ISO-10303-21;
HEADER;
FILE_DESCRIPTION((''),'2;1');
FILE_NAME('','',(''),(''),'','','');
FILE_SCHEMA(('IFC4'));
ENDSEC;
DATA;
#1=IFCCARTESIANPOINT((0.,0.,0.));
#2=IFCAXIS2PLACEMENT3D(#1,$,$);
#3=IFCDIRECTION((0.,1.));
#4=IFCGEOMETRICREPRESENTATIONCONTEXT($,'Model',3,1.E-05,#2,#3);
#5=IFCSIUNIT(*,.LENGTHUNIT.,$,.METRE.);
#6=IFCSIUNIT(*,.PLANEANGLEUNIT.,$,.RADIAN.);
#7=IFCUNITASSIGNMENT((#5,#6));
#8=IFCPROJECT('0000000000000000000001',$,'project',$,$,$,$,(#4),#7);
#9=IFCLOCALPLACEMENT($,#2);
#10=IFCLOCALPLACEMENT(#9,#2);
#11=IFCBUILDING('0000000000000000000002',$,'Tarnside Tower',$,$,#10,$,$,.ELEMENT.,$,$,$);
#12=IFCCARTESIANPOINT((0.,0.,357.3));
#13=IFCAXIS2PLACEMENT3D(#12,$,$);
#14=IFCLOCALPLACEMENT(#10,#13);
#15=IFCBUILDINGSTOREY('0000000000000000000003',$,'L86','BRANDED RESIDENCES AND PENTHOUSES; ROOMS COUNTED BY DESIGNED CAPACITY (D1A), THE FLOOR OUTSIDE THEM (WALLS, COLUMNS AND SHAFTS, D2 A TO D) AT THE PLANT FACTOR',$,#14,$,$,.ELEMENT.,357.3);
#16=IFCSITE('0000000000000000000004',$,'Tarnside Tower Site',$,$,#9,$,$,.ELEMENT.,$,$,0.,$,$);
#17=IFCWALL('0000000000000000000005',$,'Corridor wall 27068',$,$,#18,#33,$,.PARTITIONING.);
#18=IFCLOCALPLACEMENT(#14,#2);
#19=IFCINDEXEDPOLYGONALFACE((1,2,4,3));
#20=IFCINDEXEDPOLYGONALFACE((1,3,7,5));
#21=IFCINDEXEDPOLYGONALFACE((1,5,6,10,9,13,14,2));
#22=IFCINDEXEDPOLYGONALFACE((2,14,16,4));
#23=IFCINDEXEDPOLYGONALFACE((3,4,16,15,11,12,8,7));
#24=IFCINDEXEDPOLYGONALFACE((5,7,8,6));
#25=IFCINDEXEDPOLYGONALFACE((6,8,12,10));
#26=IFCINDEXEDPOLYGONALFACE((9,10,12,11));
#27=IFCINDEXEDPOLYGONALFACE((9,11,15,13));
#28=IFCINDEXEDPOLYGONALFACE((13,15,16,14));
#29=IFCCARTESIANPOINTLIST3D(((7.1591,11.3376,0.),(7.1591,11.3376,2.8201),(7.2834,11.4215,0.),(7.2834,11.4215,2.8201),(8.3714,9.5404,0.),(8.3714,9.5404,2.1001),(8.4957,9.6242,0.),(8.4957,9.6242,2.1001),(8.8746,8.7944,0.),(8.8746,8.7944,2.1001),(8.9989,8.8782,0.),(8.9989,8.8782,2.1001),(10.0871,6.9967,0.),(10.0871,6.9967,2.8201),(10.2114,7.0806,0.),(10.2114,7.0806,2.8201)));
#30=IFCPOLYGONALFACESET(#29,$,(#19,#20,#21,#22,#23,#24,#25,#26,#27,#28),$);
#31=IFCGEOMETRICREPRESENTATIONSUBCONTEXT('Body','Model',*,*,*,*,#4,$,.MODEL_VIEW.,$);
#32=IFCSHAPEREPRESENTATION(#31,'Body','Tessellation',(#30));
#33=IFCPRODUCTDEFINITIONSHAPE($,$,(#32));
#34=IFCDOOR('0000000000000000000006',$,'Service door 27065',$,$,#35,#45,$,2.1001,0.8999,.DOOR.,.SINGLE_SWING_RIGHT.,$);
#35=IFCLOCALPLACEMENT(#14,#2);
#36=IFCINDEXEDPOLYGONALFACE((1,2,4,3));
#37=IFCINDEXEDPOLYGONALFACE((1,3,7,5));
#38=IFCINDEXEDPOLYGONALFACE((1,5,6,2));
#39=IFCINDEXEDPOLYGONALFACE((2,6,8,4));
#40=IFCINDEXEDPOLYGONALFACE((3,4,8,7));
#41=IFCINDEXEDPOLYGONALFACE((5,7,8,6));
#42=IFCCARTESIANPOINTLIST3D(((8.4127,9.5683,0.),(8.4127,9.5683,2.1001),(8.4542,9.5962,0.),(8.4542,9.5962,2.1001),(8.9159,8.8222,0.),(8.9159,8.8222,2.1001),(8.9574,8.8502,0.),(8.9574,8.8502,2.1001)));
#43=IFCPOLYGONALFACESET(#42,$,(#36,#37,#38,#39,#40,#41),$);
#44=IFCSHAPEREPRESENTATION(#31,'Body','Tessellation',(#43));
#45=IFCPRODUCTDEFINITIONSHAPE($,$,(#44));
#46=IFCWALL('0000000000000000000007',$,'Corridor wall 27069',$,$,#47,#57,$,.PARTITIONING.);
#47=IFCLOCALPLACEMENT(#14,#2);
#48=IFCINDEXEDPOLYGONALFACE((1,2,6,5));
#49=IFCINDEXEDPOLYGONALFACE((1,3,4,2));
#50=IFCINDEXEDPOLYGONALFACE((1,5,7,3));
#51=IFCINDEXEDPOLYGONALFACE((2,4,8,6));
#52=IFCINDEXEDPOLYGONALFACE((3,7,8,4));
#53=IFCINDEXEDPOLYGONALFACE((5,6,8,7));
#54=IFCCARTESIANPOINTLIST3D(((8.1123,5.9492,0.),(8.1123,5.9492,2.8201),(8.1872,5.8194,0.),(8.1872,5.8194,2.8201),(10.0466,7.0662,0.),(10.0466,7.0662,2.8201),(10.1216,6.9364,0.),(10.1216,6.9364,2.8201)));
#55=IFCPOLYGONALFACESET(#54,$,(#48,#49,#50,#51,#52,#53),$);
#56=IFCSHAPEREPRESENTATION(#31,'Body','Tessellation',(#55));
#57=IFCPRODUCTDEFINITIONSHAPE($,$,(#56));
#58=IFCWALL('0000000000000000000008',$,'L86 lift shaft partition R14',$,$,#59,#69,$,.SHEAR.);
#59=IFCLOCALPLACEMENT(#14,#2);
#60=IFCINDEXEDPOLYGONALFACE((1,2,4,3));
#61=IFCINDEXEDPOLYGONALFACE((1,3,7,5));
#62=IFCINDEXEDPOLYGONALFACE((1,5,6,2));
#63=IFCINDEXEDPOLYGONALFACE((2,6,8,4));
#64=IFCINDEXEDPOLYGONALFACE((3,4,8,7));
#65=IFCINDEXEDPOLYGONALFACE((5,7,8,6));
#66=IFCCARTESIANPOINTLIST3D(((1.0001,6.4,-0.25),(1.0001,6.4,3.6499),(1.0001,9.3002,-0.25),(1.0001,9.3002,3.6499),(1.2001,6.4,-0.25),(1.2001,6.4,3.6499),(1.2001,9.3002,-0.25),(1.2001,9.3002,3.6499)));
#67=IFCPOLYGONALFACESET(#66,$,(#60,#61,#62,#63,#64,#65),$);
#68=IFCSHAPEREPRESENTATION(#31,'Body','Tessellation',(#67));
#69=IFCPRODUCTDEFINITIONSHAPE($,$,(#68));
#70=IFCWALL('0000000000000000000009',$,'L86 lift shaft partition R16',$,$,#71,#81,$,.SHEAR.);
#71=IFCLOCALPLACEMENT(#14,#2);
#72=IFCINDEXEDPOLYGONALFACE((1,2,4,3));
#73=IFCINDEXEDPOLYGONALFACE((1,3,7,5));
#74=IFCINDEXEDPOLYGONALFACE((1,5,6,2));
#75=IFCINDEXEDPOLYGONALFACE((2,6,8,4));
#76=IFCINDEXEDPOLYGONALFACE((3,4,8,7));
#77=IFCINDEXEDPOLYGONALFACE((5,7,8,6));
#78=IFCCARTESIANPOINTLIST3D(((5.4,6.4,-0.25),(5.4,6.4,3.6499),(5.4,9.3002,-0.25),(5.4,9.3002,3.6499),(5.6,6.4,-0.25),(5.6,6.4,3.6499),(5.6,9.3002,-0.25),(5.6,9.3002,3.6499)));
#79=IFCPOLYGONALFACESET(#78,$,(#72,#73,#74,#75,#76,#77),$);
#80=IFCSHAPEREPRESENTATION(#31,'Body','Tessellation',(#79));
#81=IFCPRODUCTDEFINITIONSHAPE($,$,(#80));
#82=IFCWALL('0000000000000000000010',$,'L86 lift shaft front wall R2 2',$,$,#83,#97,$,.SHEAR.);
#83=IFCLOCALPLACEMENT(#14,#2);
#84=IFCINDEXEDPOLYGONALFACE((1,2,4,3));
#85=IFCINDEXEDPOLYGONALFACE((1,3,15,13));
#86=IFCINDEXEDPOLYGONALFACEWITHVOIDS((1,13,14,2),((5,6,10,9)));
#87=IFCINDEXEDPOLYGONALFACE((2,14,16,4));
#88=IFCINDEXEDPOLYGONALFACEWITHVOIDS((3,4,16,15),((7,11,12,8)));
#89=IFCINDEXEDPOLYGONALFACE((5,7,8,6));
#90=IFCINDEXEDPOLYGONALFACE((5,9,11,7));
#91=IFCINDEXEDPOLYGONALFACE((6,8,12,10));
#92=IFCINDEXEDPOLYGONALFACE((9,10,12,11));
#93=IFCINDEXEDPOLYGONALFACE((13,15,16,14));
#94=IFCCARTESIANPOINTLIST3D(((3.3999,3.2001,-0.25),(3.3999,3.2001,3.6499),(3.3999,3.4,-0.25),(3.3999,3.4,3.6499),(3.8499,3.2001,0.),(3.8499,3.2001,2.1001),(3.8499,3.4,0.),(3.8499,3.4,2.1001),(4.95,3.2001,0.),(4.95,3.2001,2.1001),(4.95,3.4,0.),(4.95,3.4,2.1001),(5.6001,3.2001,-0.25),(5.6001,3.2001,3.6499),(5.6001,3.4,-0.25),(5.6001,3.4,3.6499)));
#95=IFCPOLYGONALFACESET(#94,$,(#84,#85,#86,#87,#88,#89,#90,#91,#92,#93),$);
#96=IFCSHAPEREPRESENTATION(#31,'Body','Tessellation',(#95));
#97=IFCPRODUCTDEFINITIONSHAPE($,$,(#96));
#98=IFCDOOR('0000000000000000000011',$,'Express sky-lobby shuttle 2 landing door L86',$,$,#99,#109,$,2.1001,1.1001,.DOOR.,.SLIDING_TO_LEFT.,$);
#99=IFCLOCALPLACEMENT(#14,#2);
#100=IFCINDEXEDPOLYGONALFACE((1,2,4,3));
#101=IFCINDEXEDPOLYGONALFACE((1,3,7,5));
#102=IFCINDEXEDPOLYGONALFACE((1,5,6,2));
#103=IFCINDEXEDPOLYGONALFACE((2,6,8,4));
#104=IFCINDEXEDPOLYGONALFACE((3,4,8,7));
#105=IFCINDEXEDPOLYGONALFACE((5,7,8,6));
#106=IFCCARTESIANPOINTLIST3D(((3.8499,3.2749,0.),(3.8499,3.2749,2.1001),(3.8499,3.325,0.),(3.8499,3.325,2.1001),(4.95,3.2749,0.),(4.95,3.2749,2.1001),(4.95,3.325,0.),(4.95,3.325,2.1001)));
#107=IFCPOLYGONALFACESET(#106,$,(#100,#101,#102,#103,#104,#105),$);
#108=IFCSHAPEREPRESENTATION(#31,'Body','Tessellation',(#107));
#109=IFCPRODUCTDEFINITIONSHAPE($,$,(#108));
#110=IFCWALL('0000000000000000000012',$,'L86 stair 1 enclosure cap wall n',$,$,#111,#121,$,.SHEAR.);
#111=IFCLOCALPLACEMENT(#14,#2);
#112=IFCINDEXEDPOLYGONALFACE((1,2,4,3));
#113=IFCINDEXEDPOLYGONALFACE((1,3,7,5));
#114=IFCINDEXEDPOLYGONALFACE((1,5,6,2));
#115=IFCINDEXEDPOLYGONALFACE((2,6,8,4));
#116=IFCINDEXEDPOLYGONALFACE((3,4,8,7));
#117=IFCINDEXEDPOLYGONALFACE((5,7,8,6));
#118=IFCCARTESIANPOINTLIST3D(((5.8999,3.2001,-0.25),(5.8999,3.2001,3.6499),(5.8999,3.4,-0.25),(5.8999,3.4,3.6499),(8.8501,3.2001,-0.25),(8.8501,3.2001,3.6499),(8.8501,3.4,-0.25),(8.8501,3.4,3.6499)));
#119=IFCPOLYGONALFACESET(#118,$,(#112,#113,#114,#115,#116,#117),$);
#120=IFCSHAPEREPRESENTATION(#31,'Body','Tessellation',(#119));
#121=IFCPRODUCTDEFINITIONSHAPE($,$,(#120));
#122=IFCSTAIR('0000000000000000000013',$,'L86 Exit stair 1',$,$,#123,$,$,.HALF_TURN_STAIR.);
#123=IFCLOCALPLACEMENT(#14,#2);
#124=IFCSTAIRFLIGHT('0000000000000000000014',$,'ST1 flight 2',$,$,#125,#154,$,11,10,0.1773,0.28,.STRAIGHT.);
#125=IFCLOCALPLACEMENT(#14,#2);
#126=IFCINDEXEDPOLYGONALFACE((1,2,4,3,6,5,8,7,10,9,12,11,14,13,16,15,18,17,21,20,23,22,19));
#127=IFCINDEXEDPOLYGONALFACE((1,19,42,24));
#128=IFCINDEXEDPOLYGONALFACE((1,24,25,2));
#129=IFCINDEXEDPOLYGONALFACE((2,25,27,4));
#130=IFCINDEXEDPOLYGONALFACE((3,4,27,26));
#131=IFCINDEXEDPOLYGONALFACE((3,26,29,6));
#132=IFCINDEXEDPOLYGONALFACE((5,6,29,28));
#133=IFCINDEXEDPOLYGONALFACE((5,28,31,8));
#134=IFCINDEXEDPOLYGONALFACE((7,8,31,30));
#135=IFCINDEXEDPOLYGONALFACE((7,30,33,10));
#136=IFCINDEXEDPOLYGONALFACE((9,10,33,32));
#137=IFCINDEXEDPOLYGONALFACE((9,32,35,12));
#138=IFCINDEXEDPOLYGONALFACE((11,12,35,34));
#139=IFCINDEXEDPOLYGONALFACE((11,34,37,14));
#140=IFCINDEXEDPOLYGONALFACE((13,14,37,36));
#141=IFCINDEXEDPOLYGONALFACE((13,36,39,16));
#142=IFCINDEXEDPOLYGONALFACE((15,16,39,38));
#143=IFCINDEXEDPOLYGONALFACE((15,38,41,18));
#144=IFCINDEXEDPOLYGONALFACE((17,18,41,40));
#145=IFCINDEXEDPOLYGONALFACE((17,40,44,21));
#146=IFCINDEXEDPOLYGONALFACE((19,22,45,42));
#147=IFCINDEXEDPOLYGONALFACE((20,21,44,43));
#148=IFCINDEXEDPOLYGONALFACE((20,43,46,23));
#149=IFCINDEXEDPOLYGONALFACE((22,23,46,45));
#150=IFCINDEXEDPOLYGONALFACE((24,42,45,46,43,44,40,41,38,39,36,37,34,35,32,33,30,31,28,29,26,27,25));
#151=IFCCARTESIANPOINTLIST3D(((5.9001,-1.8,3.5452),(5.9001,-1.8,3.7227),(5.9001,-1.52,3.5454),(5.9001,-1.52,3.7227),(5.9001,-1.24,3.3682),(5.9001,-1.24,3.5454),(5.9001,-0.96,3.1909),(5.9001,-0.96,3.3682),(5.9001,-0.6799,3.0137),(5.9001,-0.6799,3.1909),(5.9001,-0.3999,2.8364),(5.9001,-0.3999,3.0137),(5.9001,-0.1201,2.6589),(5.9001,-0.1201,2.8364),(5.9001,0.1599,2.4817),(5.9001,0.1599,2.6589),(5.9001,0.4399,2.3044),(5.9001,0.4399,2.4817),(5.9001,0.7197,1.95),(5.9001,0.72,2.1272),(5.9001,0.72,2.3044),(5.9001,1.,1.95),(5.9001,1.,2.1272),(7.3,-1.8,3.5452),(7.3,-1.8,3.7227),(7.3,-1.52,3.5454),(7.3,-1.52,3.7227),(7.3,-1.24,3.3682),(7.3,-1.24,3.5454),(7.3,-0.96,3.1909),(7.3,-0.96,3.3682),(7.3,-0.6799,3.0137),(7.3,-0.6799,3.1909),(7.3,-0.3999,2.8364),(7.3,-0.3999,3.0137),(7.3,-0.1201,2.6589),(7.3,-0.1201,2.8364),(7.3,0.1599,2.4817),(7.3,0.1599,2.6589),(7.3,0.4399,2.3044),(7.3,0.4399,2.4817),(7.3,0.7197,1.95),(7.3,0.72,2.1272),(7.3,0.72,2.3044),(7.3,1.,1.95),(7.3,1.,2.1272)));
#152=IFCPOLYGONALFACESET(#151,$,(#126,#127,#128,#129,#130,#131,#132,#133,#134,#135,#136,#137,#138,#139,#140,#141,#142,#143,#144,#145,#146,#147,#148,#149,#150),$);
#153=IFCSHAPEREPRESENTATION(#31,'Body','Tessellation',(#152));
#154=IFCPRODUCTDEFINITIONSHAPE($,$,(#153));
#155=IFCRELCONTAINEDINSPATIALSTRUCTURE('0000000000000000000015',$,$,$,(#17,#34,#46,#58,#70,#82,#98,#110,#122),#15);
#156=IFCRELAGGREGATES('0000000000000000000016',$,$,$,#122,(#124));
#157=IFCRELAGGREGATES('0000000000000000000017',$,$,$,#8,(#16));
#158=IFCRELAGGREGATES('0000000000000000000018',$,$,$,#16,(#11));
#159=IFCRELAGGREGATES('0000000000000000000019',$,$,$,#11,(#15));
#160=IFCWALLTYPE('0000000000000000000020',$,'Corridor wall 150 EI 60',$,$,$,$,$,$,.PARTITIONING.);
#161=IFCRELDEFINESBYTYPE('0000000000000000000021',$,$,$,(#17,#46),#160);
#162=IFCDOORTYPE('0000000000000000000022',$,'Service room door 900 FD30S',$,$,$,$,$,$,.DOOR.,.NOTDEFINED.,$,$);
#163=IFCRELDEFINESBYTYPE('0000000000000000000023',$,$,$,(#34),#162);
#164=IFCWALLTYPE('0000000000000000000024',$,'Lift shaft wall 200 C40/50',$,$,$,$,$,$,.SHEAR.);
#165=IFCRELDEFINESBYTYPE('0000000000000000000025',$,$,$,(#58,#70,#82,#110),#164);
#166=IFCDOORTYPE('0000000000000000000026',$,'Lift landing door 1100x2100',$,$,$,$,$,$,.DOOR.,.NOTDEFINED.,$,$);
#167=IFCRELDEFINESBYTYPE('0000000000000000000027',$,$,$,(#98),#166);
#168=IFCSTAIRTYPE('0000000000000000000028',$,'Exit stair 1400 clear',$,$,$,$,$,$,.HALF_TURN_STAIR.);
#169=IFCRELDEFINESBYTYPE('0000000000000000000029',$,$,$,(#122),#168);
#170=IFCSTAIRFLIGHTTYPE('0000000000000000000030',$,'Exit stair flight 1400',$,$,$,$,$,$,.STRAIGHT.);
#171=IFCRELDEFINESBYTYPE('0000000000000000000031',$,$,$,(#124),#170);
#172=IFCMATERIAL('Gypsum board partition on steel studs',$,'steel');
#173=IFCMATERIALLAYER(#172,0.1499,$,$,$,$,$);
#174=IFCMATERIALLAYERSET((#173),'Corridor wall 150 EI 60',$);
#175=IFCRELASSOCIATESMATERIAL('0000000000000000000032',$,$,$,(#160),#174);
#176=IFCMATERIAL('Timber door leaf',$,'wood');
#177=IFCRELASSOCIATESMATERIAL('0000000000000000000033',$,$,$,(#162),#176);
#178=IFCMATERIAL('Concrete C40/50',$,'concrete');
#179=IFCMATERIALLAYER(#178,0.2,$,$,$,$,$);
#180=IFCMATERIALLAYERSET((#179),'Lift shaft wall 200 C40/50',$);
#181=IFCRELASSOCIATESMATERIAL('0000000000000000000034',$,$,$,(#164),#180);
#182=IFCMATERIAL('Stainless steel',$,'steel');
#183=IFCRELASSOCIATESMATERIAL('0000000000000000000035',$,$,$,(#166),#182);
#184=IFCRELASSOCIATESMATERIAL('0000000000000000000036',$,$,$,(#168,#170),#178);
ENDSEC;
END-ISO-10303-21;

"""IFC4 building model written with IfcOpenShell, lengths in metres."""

from ifc_helpers import new_model, si_unit, direction, frame, frame_2d, origin, place, context, subcontext, project, spatial, polyline, rectangle, outline, extrude, material, layer, layer_set, type_object, element, fill, aggregate, save


model = new_model("IFC4")

# Units and contexts
model_context = context("Model", 3, precision=1e-05, world=origin(), true_north=direction((0.0, 1.0)))
body_context = subcontext(model_context, "Body", "Model", "MODEL_VIEW")
ifc_project = project(units=[si_unit("LENGTHUNIT", "METRE"), si_unit("PLANEANGLEUNIT", "RADIAN")], contexts=[model_context])

# Site, building, storey
site_placement = place(None, origin())
site = spatial("IfcSite", under=ifc_project, at=site_placement, Name="Tarnside Tower Site", CompositionType="ELEMENT", RefElevation=0.0)
building_placement = place(site_placement, origin())
building = spatial("IfcBuilding", under=site, at=building_placement, Name="Tarnside Tower", CompositionType="ELEMENT")
storey_placement = place(building_placement, frame((0.0, 0.0, 357.3)))
storey = spatial("IfcBuildingStorey", under=building, at=storey_placement, Name="L86", Description="BRANDED RESIDENCES AND PENTHOUSES; ROOMS COUNTED BY DESIGNED CAPACITY (D1A), THE FLOOR OUTSIDE THEM (WALLS, COLUMNS AND SHAFTS, D2 A TO D) AT THE PLANT FACTOR", CompositionType="ELEMENT", Elevation=357.3)

# Shared definitions
ifc_material_1 = material(Name="Gypsum board partition on steel studs", Category="steel")
ifc_layer_1 = layer(ifc_material_1, 0.1499)
ifc_layer_set_1 = layer_set([ifc_layer_1], Name="Corridor wall 150 EI 60")
wall_type_1 = type_object("IfcWallType", Name="Corridor wall 150 EI 60", PredefinedType="PARTITIONING", material=ifc_layer_set_1)

# Shared definitions
ifc_material_2 = material(Name="Timber door leaf", Category="wood")
door_type_1 = type_object("IfcDoorType", Name="Service room door 900 FD30S", OperationType="NOTDEFINED", PredefinedType="DOOR", material=ifc_material_2)

# Wall, opening, door
wall_1_placement = place(storey_placement, frame((7.2212, 11.3796, 0.0), z_axis=(0.0, 0.0, 1.0), x_axis=(0.559201, -0.829032, 0.0)))
wall_1 = element("IfcWall", 1, at=wall_1_placement, inside=storey, type_object=wall_type_1, Name="Corridor wall 27068", PredefinedType="PARTITIONING", context=body_context, shape_type="SweptSolid", body=[
    extrude(rectangle(XDim=5.2361, YDim=0.1499, at=frame_2d((2.6182, 0.0))), origin(), (0.0, 0.0, 1.0), 2.8201),
])
opening_1_placement = place(wall_1_placement, frame((2.168, 0.0, 0.0)))
opening_1 = element("IfcOpeningElement", 2, at=opening_1_placement, cuts=wall_1, PredefinedType="OPENING", context=body_context, shape_type="SweptSolid", body=[
    extrude(rectangle(XDim=0.8999, YDim=2.1001, at=frame_2d((0.45, 1.05))), frame((0.0, 0.085, 0.0), z_axis=(0.0, -1.0, 0.0), x_axis=(1.0, 0.0, 0.0)), (0.0, 0.0, 1.0), 0.1699),
])
door_1_placement = place(opening_1_placement, origin())
door_1 = element("IfcDoor", 3, at=door_1_placement, inside=storey, type_object=door_type_1, Name="Service door 27065", OperationType="SINGLE_SWING_RIGHT", OverallHeight=2.1001, OverallWidth=0.8999, PredefinedType="DOOR", context=body_context, shape_type="SweptSolid", body=[
    extrude(rectangle(XDim=0.8999, YDim=2.1001, at=frame_2d((0.45, 1.05))), frame((0.0, 0.0249, 0.0), z_axis=(0.0, -1.0, 0.0), x_axis=(1.0, 0.0, 0.0)), (0.0, 0.0, 1.0), 0.05),
])
fill(opening_1, door_1)

# Walls
wall_2_placement = place(storey_placement, frame((10.084, 7.0012, 0.0), z_axis=(0.0, 0.0, 1.0), x_axis=(-0.865994, -0.500054, 0.0)))
element("IfcWall", 4, at=wall_2_placement, inside=storey, type_object=wall_type_1, Name="Corridor wall 27069", PredefinedType="PARTITIONING", context=body_context, shape_type="SweptSolid", body=[
    extrude(rectangle(XDim=2.2336, YDim=0.1499, at=frame_2d((1.1167, 0.0))), origin(), (0.0, 0.0, 1.0), 2.8201),
])
ifc_material_3 = material(Name="Concrete C40/50", Category="concrete")
ifc_layer_2 = layer(ifc_material_3, 0.2)
ifc_layer_set_2 = layer_set([ifc_layer_2], Name="Lift shaft wall 200 C40/50")
wall_type_2 = type_object("IfcWallType", Name="Lift shaft wall 200 C40/50", PredefinedType="SHEAR", material=ifc_layer_set_2)
for number, where, z_axis, x_axis, name in (
    (5, (1.1001, 6.3999, -0.25), (0.0, 0.0, 1.0), (0.0, 1.0, 0.0), "L86 lift shaft partition R14"),
    (6, (5.5, 6.3999, -0.25), (0.0, 0.0, 1.0), (0.0, 1.0, 0.0), "L86 lift shaft partition R16"),
):
    element("IfcWall", number, at=place(storey_placement, frame(where, z_axis=z_axis, x_axis=x_axis)), inside=storey, type_object=wall_type_2, Name=name, PredefinedType="SHEAR", context=body_context, shape_type="SweptSolid", body=[
        extrude(rectangle(XDim=2.9001, YDim=0.2, at=frame_2d((1.4502, 0.0))), origin(), (0.0, 0.0, 1.0), 3.8999),
    ])

# Wall, opening, door
wall_3_placement = place(storey_placement, frame((3.3999, 3.3, -0.25), z_axis=(0.0, 0.0, 1.0), x_axis=(1.0, 0.0, 0.0)))
wall_3 = element("IfcWall", 7, at=wall_3_placement, inside=storey, type_object=wall_type_2, Name="L86 lift shaft front wall R2 2", PredefinedType="SHEAR", context=body_context, shape_type="SweptSolid", body=[
    extrude(rectangle(XDim=2.2002, YDim=0.2, at=frame_2d((1.1001, 0.0))), origin(), (0.0, 0.0, 1.0), 3.8999),
])
opening_2_placement = place(wall_3_placement, frame((0.45, 0.0, 0.25)))
opening_2 = element("IfcOpeningElement", 8, at=opening_2_placement, cuts=wall_3, PredefinedType="OPENING", context=body_context, shape_type="SweptSolid", body=[
    extrude(rectangle(XDim=1.1001, YDim=2.1001, at=frame_2d((0.55, 1.05))), frame((0.0, 0.1099, 0.0), z_axis=(0.0, -1.0, 0.0), x_axis=(1.0, 0.0, 0.0)), (0.0, 0.0, 1.0), 0.22),
])
ifc_material_4 = material(Name="Stainless steel", Category="steel")
door_type_2 = type_object("IfcDoorType", Name="Lift landing door 1100x2100", OperationType="NOTDEFINED", PredefinedType="DOOR", material=ifc_material_4)
door_2_placement = place(opening_2_placement, origin())
door_2 = element("IfcDoor", 9, at=door_2_placement, inside=storey, type_object=door_type_2, Name="Express sky-lobby shuttle 2 landing door L86", OperationType="SLIDING_TO_LEFT", OverallHeight=2.1001, OverallWidth=1.1001, PredefinedType="DOOR", context=body_context, shape_type="SweptSolid", body=[
    extrude(rectangle(XDim=1.1001, YDim=2.1001, at=frame_2d((0.55, 1.05))), frame((0.0, 0.0249, 0.0), z_axis=(0.0, -1.0, 0.0), x_axis=(1.0, 0.0, 0.0)), (0.0, 0.0, 1.0), 0.05),
])
fill(opening_2, door_2)

# Wall
wall_4_placement = place(storey_placement, frame((5.8999, 3.3, -0.25), z_axis=(0.0, 0.0, 1.0), x_axis=(1.0, 0.0, 0.0)))
element("IfcWall", 10, at=wall_4_placement, inside=storey, type_object=wall_type_2, Name="L86 stair 1 enclosure cap wall n", PredefinedType="SHEAR", context=body_context, shape_type="SweptSolid", body=[
    extrude(rectangle(XDim=2.9502, YDim=0.2, at=frame_2d((1.4751, 0.0))), origin(), (0.0, 0.0, 1.0), 3.8999),
])

# Stair, stair flight
stair_type = type_object("IfcStairType", Name="Exit stair 1400 clear", PredefinedType="HALF_TURN_STAIR", material=ifc_material_3)
stair_placement = place(storey_placement, origin())
stair = element("IfcStair", 11, at=stair_placement, inside=storey, type_object=stair_type, Name="L86 Exit stair 1", PredefinedType="HALF_TURN_STAIR")
stair_flight_type = type_object("IfcStairFlightType", Name="Exit stair flight 1400", PredefinedType="STRAIGHT", material=ifc_material_3)
stair_flight_placement = place(storey_placement, frame((6.6001, 1.0, 1.95), z_axis=(0.0, 0.0, 1.0), x_axis=(0.0, -1.0, 0.0)))
stair_flight = element("IfcStairFlight", 12, at=stair_flight_placement, type_object=stair_flight_type, Name="ST1 flight 2", NumberOfRisers=11, NumberOfTreads=10, PredefinedType="STRAIGHT", RiserHeight=0.1773, TreadLength=0.28, context=body_context, shape_type="SweptSolid", body=[
    extrude(outline(polyline([(0.0, 0.0), (0.0, 0.1772), (0.28, 0.1772), (0.28, 0.3545), (0.5601, 0.3545), (0.5601, 0.5317), (0.8401, 0.5317), (0.8401, 0.709), (1.1201, 0.709), (1.1201, 0.8865), (1.3999, 0.8865), (1.3999, 1.0637), (1.6799, 1.0637), (1.6799, 1.241), (1.96, 1.241), (1.96, 1.4182), (2.24, 1.4182), (2.24, 1.5955), (2.52, 1.5955), (2.52, 1.7727), (2.8, 1.7727), (2.8, 1.95), (2.8, 1.5952), (0.2803, 0.0), (0.0, 0.0)])), frame((0.0, 0.7, 0.0), z_axis=(0.0, -1.0, 0.0), x_axis=(1.0, 0.0, 0.0)), (0.0, 0.0, 1.0), 1.3999),
])
aggregate(stair, [stair_flight])

save(model, "model.ifc")
